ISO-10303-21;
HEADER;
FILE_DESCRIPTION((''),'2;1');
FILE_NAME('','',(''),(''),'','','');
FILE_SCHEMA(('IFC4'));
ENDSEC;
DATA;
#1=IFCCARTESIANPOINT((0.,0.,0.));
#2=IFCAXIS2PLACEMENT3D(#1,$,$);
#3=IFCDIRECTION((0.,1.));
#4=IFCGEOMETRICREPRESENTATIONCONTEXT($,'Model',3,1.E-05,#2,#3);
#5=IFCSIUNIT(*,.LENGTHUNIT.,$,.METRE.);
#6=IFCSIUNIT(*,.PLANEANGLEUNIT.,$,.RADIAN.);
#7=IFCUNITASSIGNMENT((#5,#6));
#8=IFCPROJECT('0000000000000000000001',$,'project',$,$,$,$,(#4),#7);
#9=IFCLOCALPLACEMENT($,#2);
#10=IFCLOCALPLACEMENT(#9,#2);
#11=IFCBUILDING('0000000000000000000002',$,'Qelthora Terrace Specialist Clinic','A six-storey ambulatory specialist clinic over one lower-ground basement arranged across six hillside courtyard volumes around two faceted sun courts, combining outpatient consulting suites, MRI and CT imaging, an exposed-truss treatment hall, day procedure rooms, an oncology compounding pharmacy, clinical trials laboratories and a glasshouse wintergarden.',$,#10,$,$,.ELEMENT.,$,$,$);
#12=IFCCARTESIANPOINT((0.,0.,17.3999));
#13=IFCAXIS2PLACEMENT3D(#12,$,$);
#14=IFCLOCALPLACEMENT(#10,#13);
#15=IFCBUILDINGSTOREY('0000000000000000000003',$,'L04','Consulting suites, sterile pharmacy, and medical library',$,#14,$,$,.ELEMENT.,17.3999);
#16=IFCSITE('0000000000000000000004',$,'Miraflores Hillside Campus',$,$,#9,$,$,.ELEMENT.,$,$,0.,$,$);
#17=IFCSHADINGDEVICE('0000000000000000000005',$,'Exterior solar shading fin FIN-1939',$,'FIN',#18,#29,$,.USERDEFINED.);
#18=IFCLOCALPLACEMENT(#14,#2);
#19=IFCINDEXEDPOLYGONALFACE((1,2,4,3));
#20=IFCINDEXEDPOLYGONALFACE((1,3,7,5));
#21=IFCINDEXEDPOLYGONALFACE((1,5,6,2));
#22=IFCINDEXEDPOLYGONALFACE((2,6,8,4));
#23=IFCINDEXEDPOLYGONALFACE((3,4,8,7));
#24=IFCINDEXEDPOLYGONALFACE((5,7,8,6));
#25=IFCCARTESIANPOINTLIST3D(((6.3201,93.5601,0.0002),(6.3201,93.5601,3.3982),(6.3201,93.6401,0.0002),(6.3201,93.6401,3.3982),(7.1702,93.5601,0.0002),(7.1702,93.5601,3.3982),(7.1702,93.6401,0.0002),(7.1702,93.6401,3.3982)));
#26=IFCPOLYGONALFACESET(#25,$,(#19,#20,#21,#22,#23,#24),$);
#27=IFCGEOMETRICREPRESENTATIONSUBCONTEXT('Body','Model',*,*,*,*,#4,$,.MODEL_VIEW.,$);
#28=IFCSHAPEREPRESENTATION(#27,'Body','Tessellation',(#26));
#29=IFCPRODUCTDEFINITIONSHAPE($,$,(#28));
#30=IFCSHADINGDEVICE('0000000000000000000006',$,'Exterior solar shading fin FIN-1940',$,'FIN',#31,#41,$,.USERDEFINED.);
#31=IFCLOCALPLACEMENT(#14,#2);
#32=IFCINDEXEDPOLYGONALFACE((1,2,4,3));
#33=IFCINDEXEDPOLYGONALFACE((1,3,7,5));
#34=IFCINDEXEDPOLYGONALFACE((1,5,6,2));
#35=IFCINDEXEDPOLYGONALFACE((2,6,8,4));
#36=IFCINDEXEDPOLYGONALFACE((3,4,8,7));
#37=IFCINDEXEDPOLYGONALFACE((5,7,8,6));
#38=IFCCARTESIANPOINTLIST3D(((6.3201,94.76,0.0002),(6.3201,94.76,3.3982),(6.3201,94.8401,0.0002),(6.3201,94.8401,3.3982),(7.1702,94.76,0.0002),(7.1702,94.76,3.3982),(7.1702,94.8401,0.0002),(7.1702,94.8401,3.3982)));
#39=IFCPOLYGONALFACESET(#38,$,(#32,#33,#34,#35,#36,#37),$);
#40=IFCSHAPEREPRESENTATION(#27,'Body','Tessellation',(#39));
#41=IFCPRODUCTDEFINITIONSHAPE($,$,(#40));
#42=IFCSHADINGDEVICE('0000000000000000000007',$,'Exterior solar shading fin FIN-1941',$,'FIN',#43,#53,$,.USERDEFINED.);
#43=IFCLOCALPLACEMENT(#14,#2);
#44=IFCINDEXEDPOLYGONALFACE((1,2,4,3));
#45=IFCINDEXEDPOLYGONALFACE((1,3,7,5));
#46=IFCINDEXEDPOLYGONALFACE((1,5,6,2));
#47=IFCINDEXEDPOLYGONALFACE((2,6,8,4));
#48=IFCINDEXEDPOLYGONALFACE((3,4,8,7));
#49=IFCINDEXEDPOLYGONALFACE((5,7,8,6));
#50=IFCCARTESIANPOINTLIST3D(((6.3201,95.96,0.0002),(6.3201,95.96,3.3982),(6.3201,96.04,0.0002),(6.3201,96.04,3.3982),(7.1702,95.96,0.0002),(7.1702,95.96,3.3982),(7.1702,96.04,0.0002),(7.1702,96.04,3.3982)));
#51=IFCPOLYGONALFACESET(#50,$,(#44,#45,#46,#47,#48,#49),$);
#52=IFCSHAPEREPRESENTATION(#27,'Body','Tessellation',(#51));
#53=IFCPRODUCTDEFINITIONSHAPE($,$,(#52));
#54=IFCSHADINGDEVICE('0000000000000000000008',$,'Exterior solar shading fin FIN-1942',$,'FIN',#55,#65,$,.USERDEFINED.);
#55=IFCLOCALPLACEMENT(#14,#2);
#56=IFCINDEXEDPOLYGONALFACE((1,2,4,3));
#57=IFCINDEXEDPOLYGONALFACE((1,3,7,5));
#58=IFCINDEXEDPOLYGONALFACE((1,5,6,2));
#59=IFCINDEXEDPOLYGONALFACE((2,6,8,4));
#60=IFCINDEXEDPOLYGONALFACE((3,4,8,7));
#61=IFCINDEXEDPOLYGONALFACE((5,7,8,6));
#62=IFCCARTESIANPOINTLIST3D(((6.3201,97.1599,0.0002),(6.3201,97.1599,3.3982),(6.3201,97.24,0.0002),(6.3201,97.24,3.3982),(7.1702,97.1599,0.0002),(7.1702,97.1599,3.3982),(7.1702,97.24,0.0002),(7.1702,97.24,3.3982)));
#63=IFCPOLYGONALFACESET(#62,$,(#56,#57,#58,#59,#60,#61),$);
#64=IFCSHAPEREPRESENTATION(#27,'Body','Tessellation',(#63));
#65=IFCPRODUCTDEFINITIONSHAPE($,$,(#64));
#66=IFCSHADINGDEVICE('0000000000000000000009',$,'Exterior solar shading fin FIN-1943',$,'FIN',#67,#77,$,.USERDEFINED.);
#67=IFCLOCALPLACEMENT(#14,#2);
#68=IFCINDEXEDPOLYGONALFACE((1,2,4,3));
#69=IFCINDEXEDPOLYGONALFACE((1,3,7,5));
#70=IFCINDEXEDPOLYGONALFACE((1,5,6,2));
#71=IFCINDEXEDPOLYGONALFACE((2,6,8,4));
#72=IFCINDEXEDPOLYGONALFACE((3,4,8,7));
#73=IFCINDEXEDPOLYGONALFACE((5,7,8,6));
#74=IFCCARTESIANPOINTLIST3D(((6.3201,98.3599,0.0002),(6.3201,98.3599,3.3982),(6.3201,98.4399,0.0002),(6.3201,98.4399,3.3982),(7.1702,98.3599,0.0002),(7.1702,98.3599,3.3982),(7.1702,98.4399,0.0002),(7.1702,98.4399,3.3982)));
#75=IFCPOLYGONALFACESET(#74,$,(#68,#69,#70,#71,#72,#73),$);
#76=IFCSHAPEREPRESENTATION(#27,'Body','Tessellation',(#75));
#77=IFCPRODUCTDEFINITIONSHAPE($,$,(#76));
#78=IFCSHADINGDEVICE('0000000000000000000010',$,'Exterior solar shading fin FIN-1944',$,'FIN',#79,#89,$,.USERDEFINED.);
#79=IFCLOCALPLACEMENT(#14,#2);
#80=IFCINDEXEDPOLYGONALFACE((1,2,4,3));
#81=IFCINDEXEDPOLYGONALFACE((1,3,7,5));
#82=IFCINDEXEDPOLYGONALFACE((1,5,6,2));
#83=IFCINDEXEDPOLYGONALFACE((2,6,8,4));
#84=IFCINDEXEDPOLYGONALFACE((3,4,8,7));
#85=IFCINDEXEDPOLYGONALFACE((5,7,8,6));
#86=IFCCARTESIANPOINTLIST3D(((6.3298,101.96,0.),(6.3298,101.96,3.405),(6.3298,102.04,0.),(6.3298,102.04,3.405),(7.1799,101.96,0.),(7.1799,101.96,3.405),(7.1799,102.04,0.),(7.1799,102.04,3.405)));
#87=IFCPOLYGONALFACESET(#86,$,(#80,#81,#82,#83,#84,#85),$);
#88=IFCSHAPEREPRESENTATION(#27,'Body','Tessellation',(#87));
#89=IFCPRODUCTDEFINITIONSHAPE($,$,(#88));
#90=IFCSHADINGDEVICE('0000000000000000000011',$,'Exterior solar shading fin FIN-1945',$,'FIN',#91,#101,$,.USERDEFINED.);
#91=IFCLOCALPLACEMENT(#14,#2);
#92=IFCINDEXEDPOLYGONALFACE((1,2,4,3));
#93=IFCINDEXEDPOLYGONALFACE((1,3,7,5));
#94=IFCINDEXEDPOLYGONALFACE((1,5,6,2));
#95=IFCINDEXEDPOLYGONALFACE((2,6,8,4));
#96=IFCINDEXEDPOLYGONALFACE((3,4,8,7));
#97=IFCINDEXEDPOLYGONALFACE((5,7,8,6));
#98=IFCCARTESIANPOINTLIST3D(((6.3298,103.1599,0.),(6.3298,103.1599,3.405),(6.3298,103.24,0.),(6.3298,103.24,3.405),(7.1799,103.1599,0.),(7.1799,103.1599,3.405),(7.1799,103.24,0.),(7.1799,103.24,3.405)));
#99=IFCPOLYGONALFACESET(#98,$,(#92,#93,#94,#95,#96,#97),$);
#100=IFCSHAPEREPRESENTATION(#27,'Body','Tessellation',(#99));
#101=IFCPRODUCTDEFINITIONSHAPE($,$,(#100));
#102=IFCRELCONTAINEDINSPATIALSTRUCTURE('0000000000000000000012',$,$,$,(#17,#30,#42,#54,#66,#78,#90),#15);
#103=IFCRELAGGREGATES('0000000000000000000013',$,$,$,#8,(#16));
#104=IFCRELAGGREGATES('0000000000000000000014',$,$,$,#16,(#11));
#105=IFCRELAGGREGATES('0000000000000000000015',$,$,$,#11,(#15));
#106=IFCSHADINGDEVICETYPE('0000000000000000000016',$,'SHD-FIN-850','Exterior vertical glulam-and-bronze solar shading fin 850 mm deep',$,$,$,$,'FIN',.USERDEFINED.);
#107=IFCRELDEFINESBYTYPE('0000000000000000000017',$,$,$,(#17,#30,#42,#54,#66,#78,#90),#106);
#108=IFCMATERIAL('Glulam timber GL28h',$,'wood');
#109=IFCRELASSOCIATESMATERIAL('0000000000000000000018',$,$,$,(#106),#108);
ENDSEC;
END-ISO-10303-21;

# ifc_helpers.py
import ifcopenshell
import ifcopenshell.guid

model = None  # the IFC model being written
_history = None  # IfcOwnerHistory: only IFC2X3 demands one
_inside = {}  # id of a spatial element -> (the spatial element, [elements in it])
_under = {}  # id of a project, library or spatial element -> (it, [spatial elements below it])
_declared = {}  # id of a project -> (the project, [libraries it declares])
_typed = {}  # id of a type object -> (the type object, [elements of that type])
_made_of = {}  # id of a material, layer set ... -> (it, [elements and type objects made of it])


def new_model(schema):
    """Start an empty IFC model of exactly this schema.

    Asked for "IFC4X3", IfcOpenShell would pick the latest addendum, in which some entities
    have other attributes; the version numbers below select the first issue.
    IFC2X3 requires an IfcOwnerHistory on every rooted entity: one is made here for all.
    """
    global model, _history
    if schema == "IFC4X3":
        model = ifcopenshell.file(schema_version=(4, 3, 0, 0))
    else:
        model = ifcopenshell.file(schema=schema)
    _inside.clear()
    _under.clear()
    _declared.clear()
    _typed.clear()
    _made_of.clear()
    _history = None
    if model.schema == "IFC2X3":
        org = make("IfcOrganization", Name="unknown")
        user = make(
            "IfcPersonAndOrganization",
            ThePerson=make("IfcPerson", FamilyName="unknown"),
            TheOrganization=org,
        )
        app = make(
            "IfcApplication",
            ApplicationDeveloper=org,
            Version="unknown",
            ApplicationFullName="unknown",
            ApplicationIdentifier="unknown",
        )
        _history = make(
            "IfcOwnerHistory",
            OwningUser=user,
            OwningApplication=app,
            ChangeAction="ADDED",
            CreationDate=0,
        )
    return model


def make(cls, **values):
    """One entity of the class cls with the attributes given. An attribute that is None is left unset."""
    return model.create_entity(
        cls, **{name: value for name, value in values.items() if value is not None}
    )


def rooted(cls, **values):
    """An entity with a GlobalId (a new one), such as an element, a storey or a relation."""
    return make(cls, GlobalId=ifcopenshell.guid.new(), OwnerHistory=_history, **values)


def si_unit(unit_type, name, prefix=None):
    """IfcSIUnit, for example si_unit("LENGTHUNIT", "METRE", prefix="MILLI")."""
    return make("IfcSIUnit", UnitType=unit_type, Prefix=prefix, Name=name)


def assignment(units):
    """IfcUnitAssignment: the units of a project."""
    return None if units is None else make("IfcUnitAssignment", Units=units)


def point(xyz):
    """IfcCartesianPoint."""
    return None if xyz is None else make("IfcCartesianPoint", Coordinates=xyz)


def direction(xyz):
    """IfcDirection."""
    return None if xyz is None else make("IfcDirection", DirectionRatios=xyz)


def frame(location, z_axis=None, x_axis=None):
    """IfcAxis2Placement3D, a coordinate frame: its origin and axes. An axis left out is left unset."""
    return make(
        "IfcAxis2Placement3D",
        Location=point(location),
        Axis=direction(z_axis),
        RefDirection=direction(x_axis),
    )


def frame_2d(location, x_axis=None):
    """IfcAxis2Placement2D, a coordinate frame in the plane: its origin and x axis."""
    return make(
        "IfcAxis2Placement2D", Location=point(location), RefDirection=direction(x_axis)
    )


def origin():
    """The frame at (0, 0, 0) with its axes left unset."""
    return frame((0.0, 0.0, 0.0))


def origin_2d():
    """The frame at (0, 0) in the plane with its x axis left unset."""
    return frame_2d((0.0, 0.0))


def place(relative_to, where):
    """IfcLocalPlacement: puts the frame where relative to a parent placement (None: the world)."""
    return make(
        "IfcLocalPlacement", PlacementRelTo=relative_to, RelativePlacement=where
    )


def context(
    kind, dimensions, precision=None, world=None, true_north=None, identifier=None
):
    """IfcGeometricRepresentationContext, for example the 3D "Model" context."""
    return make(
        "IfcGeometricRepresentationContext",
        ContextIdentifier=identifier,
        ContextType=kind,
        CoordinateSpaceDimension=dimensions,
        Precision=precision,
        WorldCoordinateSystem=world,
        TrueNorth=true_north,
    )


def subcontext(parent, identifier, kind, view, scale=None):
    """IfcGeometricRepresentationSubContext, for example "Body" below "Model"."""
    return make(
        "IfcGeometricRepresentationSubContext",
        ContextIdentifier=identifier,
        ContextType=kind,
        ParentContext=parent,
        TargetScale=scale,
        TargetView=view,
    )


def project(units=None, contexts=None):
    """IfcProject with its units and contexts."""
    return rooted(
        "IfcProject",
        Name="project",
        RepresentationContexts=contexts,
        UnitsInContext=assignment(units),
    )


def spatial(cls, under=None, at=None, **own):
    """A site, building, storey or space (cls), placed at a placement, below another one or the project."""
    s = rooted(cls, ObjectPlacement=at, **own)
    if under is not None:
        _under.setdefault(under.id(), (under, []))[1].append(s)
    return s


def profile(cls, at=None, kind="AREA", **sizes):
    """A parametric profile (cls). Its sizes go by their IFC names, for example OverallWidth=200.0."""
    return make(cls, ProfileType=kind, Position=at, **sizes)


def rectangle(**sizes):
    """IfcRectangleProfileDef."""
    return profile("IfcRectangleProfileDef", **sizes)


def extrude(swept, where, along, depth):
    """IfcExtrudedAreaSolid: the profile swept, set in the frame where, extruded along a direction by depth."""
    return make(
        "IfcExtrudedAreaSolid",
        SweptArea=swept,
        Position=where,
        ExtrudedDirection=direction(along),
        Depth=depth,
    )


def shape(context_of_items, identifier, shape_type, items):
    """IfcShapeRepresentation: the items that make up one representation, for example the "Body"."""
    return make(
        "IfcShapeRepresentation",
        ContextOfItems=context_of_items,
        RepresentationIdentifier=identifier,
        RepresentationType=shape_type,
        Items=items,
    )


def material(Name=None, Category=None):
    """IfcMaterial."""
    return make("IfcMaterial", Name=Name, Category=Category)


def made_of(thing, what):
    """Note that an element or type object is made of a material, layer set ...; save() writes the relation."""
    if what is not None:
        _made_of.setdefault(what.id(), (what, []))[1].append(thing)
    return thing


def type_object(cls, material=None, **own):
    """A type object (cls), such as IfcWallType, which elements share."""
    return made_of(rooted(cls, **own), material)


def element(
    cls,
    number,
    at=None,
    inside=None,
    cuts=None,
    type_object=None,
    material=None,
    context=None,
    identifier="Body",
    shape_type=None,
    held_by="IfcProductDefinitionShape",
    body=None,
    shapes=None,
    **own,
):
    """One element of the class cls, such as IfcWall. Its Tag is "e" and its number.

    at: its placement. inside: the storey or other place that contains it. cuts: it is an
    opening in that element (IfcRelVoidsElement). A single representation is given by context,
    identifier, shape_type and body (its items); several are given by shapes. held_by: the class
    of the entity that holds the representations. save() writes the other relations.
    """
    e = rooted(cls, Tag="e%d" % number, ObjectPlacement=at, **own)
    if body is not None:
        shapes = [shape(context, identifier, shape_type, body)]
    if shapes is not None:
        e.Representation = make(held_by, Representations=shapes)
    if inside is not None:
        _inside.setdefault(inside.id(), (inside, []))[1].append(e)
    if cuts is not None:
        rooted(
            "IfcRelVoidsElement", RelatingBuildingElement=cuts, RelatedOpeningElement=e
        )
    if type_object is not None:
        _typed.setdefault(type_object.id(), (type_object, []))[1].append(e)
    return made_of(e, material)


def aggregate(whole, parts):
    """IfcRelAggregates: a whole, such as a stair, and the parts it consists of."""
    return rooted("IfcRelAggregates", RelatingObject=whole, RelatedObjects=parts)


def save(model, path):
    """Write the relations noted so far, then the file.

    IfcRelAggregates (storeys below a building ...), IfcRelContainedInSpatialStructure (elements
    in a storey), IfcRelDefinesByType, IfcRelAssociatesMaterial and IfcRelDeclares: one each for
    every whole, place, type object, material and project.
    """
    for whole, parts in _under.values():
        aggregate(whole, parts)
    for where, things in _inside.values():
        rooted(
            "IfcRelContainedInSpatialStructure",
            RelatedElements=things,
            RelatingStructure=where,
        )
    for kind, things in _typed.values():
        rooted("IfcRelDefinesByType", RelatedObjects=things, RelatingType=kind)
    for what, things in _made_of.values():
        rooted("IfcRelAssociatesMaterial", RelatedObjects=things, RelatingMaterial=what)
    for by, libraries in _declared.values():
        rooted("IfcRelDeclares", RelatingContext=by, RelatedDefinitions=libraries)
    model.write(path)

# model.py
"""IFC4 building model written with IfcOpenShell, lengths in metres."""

from ifc_helpers import new_model, si_unit, direction, frame, origin, origin_2d, place, context, subcontext, project, spatial, rectangle, extrude, material, type_object, element, save


model = new_model("IFC4")

# Units and contexts
model_context = context("Model", 3, precision=1e-05, world=origin(), true_north=direction((0.0, 1.0)))
body_context = subcontext(model_context, "Body", "Model", "MODEL_VIEW")
ifc_project = project(units=[si_unit("LENGTHUNIT", "METRE"), si_unit("PLANEANGLEUNIT", "RADIAN")], contexts=[model_context])

# Site, building, storey
site_placement = place(None, origin())
site = spatial("IfcSite", under=ifc_project, at=site_placement, Name="Miraflores Hillside Campus", CompositionType="ELEMENT", RefElevation=0.0)
building_placement = place(site_placement, origin())
building = spatial("IfcBuilding", under=site, at=building_placement, Name="Qelthora Terrace Specialist Clinic", Description="A six-storey ambulatory specialist clinic over one lower-ground basement arranged across six hillside courtyard volumes around two faceted sun courts, combining outpatient consulting suites, MRI and CT imaging, an exposed-truss treatment hall, day procedure rooms, an oncology compounding pharmacy, clinical trials laboratories and a glasshouse wintergarden.", CompositionType="ELEMENT")
storey_placement = place(building_placement, frame((0.0, 0.0, 17.3999)))
storey = spatial("IfcBuildingStorey", under=building, at=storey_placement, Name="L04", Description="Consulting suites, sterile pharmacy, and medical library", CompositionType="ELEMENT", Elevation=17.3999)

# Shading devices
ifc_material_1 = material(Name="Glulam timber GL28h", Category="wood")
shading_device_type = type_object("IfcShadingDeviceType", Name="SHD-FIN-850", Description="Exterior vertical glulam-and-bronze solar shading fin 850 mm deep", ElementType="FIN", PredefinedType="USERDEFINED", material=ifc_material_1)
for number, where, z_axis, x_axis, name in (
    (1, (6.7451, 93.6001, 0.0002), (0.0, 0.0, 1.0), (-1.0, 0.0, 0.0), "Exterior solar shading fin FIN-1939"),
    (2, (6.7451, 94.8, 0.0002), (0.0, 0.0, 1.0), (-1.0, 0.0, 0.0), "Exterior solar shading fin FIN-1940"),
    (3, (6.7451, 96.0, 0.0002), (0.0, 0.0, 1.0), (-1.0, 0.0, 0.0), "Exterior solar shading fin FIN-1941"),
    (4, (6.7451, 97.2, 0.0002), (0.0, 0.0, 1.0), (-1.0, 0.0, 0.0), "Exterior solar shading fin FIN-1942"),
    (5, (6.7451, 98.3999, 0.0002), (0.0, 0.0, 1.0), (-1.0, 0.0, 0.0), "Exterior solar shading fin FIN-1943"),
):
    element("IfcShadingDevice", number, at=place(storey_placement, frame(where, z_axis=z_axis, x_axis=x_axis)), inside=storey, type_object=shading_device_type, Name=name, ObjectType="FIN", PredefinedType="USERDEFINED", context=body_context, shape_type="SweptSolid", body=[
        extrude(rectangle(XDim=0.8501, YDim=0.0801, at=origin_2d()), origin(), (0.0, 0.0, 1.0), 3.3979),
    ])
for number, where, z_axis, x_axis, name in (
    (6, (6.7549, 102.0, 0.0), (0.0, 0.0, 1.0), (-1.0, 0.0, 0.0), "Exterior solar shading fin FIN-1944"),
    (7, (6.7549, 103.2, 0.0), (0.0, 0.0, 1.0), (-1.0, 0.0, 0.0), "Exterior solar shading fin FIN-1945"),
):
    element("IfcShadingDevice", number, at=place(storey_placement, frame(where, z_axis=z_axis, x_axis=x_axis)), inside=storey, type_object=shading_device_type, Name=name, ObjectType="FIN", PredefinedType="USERDEFINED", context=body_context, shape_type="SweptSolid", body=[
        extrude(rectangle(XDim=0.8501, YDim=0.0801, at=origin_2d()), origin(), (0.0, 0.0, 1.0), 3.405),
    ])

save(model, "model.ifc")
